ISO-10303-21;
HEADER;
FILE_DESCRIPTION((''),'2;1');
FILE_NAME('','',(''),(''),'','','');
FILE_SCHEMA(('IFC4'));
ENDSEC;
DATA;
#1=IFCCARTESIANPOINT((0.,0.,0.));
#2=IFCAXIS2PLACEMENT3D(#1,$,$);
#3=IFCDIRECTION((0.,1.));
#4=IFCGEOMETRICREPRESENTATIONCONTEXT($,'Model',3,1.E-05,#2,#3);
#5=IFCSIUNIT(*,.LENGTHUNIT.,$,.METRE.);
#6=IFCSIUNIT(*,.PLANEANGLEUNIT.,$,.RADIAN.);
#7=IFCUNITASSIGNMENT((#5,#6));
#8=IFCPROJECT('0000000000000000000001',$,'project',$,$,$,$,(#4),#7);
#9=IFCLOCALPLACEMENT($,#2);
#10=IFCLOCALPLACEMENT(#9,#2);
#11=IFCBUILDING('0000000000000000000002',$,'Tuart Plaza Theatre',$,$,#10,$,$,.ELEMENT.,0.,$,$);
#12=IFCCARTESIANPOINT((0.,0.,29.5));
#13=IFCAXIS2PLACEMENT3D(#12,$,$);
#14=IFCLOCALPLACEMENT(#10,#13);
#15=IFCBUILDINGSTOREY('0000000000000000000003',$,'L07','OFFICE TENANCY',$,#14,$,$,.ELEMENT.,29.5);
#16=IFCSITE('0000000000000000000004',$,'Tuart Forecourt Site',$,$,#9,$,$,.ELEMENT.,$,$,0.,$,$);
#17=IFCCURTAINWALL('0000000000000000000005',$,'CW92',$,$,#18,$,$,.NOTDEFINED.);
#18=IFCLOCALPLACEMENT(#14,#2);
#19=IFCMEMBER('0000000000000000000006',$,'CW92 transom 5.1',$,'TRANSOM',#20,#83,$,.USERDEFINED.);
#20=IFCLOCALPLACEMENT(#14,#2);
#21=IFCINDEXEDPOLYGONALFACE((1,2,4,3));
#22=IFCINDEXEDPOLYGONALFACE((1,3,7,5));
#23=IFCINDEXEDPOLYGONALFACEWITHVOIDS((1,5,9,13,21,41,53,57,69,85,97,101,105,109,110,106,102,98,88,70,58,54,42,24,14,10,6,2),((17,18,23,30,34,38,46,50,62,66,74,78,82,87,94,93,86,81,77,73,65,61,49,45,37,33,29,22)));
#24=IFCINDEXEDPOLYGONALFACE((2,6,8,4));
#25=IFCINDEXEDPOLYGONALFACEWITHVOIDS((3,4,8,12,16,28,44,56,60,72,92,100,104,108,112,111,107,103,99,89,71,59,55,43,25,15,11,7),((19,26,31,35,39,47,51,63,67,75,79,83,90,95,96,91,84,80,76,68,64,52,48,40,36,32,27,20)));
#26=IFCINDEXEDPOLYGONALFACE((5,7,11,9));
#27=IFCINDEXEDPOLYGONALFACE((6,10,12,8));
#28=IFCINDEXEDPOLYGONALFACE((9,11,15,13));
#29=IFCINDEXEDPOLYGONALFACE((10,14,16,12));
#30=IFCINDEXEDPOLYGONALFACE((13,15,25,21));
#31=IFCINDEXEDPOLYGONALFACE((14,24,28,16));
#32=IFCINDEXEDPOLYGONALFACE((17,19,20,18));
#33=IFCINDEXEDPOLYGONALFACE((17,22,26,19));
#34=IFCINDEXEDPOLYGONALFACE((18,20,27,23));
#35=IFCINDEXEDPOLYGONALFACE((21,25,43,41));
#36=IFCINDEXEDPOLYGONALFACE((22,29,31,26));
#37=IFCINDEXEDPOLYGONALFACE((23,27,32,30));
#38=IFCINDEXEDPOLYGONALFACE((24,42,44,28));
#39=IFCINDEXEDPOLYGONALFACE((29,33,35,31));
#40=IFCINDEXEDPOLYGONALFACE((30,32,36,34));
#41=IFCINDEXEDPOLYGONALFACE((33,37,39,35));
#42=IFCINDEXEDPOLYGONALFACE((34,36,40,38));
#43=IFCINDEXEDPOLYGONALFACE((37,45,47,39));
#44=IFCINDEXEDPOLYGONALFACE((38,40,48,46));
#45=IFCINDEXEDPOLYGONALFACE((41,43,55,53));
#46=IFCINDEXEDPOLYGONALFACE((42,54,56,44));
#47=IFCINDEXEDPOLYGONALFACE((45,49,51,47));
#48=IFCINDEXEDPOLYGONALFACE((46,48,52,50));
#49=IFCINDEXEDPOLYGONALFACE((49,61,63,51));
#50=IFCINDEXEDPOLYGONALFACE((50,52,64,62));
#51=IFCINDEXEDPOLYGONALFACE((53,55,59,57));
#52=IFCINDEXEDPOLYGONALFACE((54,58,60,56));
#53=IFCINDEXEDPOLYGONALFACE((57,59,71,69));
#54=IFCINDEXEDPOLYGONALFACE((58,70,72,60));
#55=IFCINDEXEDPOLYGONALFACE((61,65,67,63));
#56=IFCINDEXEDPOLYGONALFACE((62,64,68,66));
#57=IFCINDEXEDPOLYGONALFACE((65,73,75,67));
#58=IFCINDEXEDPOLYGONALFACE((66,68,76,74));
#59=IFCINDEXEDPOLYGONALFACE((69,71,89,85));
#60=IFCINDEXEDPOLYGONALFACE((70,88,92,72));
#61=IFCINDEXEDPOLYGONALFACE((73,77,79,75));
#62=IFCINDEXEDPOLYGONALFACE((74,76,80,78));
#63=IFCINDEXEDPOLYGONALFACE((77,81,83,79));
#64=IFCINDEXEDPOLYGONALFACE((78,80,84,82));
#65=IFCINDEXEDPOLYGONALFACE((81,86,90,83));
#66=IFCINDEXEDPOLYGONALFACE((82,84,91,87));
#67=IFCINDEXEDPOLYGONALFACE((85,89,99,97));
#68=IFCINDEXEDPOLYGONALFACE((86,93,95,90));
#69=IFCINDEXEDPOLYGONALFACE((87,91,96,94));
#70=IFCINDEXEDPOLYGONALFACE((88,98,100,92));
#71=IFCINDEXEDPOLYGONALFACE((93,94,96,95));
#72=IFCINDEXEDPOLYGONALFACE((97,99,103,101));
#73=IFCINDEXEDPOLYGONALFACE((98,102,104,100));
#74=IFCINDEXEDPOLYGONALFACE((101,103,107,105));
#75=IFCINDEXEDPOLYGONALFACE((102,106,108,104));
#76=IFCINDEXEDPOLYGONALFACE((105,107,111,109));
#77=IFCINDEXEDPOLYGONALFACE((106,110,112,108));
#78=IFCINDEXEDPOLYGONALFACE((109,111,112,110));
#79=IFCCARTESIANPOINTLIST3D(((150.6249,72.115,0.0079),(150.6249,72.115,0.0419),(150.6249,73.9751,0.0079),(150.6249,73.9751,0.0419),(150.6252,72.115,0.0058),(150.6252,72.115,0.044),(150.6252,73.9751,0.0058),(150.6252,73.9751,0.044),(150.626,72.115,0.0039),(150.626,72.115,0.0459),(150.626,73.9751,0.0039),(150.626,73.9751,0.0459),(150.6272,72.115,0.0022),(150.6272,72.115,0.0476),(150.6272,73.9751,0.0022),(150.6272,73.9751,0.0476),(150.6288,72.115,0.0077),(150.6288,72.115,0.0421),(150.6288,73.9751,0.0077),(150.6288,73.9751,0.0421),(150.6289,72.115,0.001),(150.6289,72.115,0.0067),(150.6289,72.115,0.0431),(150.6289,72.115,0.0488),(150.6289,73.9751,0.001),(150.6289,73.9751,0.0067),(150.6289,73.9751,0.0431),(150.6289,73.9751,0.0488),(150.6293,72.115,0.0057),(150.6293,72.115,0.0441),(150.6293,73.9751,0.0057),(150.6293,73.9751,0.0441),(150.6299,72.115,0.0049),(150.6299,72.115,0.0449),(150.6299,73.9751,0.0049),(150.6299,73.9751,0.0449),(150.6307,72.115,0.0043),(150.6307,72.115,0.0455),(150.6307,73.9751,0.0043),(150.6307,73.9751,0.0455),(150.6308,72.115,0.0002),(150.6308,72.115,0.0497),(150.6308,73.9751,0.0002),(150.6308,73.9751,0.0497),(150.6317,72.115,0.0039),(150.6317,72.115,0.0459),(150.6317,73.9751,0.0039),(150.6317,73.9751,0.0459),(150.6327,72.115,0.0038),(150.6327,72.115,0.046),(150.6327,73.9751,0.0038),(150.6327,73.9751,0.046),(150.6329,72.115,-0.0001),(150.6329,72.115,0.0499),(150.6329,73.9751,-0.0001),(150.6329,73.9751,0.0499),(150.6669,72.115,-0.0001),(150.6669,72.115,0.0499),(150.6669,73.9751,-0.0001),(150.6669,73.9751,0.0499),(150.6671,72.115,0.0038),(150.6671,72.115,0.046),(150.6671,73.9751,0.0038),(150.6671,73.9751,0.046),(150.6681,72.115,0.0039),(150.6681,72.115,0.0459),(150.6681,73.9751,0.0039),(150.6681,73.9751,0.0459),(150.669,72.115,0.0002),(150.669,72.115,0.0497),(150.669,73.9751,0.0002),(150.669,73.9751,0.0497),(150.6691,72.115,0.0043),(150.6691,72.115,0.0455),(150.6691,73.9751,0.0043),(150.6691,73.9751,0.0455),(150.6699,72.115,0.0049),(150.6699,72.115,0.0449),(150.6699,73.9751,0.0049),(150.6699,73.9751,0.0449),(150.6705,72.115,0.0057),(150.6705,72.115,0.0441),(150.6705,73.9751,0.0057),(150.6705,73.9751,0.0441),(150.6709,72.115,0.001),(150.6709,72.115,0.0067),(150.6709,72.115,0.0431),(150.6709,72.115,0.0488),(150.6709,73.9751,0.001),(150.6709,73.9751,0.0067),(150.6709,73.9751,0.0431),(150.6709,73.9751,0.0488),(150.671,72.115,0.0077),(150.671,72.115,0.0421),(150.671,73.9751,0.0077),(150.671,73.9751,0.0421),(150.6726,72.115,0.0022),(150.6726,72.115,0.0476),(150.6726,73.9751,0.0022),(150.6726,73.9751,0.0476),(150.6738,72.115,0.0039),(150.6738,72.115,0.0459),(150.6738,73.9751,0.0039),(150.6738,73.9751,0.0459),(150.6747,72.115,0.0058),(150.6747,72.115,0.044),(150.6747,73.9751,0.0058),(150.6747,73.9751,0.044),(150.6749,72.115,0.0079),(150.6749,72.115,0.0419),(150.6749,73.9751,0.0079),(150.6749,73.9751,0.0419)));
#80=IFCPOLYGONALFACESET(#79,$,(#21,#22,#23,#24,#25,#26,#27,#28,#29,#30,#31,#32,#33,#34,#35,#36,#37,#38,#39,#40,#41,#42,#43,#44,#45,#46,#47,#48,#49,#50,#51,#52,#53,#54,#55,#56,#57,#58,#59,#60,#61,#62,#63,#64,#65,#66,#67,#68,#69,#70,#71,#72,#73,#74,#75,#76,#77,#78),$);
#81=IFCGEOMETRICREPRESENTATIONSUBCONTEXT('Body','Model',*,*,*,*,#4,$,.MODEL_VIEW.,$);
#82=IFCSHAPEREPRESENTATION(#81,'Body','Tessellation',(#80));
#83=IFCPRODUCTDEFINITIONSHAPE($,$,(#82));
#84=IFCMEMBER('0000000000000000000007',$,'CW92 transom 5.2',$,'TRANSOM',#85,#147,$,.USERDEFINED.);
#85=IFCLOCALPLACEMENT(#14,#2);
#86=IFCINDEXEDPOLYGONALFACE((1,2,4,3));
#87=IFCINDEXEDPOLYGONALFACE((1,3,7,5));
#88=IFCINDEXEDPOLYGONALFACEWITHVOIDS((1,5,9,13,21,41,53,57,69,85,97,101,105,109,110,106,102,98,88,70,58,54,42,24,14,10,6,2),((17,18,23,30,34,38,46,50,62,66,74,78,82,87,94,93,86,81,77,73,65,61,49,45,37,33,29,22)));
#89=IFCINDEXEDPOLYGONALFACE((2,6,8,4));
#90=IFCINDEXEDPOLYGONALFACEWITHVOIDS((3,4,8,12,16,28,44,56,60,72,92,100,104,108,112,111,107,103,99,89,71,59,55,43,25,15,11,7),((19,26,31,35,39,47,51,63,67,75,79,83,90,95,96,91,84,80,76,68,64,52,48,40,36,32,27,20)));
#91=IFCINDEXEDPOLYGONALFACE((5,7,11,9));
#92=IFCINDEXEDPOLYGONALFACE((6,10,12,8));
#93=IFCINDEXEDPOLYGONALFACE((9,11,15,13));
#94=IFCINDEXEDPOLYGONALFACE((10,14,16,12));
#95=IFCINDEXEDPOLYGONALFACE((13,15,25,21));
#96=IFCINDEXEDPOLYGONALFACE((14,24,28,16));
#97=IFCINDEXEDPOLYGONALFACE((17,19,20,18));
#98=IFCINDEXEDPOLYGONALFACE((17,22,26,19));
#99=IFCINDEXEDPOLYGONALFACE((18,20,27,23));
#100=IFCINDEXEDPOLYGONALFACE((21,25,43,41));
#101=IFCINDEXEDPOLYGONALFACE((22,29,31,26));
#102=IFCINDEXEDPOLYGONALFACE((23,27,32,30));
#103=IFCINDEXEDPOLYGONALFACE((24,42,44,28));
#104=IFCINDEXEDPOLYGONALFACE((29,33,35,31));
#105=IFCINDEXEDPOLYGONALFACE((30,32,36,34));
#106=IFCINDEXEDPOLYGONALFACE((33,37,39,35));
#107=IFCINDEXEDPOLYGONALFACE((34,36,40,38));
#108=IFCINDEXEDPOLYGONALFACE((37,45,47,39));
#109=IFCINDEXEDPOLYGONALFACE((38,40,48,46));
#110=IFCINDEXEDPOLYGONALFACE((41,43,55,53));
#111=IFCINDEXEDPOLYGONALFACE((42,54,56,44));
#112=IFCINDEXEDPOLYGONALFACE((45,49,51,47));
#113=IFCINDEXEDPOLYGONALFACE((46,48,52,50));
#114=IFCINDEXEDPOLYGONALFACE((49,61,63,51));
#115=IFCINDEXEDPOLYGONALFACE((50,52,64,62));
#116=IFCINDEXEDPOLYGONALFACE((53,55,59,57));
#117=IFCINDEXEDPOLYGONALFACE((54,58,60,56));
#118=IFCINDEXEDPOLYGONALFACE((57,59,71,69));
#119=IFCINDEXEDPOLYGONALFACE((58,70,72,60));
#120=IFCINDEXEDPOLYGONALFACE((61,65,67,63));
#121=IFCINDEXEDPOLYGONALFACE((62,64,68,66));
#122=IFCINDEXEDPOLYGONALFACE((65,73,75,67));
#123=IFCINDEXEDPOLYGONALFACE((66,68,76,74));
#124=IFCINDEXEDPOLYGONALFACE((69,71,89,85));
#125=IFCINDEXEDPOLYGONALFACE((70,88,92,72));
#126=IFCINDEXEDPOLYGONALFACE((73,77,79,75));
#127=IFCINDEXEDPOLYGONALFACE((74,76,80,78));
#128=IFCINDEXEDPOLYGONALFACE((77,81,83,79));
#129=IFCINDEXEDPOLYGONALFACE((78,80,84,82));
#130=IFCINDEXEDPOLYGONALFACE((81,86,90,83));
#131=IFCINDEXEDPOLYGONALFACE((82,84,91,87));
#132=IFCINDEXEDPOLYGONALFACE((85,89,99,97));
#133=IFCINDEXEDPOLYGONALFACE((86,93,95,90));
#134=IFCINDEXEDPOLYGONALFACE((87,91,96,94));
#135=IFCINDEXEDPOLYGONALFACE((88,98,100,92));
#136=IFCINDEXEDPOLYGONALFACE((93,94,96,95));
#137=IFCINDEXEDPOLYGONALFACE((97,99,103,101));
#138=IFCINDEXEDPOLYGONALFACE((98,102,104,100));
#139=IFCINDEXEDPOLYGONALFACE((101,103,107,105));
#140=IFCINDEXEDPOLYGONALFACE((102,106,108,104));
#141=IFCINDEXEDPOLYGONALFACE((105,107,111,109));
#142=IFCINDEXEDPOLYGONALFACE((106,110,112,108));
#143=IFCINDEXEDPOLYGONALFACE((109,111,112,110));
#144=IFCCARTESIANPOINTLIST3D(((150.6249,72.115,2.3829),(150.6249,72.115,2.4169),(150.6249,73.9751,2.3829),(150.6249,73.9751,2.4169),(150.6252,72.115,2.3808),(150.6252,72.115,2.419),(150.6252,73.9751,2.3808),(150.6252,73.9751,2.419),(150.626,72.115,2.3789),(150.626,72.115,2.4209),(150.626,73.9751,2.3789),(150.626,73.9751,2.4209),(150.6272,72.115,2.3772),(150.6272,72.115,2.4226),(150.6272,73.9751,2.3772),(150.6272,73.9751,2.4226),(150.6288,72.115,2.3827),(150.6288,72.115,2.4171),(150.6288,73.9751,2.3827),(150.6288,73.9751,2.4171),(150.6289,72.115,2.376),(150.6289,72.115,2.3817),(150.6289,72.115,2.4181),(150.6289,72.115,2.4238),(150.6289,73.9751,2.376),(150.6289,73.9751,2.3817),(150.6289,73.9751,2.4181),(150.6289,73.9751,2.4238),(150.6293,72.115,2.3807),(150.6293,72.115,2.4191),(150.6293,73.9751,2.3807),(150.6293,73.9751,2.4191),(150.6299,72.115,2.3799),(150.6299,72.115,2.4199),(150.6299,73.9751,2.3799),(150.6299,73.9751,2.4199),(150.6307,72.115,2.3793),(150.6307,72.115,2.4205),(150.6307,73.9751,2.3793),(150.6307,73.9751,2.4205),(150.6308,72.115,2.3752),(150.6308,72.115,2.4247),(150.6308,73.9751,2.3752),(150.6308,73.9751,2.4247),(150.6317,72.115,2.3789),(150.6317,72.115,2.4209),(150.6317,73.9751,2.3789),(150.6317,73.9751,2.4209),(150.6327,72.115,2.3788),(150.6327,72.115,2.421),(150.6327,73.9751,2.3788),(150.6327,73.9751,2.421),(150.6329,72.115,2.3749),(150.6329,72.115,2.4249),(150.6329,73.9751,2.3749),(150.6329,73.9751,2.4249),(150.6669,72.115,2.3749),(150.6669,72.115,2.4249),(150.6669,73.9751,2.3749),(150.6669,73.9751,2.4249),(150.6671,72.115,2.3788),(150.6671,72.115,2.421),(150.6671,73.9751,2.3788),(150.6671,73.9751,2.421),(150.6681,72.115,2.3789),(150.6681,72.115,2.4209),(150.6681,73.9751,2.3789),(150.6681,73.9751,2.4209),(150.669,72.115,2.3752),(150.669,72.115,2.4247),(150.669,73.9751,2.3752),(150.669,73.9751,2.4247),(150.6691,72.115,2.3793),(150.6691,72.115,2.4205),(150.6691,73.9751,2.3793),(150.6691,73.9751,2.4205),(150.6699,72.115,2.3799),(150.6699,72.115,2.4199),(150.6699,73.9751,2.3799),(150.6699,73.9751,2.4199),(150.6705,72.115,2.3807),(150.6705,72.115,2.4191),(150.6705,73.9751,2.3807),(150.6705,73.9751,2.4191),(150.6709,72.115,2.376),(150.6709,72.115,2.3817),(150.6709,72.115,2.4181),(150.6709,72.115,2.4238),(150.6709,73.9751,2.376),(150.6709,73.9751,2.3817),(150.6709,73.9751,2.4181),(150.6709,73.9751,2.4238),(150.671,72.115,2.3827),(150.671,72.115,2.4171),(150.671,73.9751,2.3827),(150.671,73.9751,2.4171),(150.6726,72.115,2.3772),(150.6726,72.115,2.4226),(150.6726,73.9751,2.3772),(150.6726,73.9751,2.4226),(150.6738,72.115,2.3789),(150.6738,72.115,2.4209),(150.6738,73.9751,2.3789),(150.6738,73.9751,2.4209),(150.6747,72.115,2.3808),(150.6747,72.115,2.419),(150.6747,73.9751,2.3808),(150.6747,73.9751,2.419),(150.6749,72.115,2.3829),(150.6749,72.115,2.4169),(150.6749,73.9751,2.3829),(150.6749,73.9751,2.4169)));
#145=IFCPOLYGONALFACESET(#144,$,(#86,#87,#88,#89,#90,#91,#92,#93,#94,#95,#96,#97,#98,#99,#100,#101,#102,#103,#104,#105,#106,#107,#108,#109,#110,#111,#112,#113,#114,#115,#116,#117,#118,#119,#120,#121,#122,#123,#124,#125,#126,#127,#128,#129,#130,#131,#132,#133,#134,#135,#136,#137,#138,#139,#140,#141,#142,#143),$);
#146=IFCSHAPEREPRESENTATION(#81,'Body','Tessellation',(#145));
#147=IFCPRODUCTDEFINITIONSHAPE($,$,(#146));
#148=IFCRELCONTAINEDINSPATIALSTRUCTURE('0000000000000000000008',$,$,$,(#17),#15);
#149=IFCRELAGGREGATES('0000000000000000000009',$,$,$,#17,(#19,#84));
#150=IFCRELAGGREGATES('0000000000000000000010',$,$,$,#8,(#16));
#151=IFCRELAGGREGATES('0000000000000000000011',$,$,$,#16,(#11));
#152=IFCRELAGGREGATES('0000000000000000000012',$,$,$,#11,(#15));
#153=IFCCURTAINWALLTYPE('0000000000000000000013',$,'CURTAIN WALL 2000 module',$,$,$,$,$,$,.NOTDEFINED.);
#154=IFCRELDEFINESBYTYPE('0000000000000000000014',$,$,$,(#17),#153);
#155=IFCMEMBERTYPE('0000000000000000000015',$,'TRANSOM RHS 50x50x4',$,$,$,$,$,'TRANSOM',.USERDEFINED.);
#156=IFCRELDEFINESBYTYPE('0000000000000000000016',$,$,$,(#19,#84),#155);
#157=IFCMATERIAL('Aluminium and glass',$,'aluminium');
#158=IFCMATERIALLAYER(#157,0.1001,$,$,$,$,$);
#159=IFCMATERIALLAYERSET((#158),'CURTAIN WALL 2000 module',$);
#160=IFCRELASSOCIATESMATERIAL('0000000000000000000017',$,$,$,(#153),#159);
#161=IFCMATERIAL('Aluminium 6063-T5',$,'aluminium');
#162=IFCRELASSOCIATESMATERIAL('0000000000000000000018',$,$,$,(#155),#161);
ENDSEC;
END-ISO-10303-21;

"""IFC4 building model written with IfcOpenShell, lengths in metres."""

from ifc_helpers import new_model, si_unit, direction, frame, origin, origin_2d, place, context, subcontext, project, spatial, hollow_rectangle, extrude, material, layer, layer_set, material_profile, profile_set, type_object, element, aggregate, save


model = new_model("IFC4")

# Units and contexts
model_context = context("Model", 3, precision=1e-05, world=origin(), true_north=direction((0.0, 1.0)))
body_context = subcontext(model_context, "Body", "Model", "MODEL_VIEW")
ifc_project = project(units=[si_unit("LENGTHUNIT", "METRE"), si_unit("PLANEANGLEUNIT", "RADIAN")], contexts=[model_context])

# Site, building, storey
site_placement = place(None, origin())
site = spatial("IfcSite", under=ifc_project, at=site_placement, Name="Tuart Forecourt Site", CompositionType="ELEMENT", RefElevation=0.0)
building_placement = place(site_placement, origin())
building = spatial("IfcBuilding", under=site, at=building_placement, Name="Tuart Plaza Theatre", CompositionType="ELEMENT", ElevationOfRefHeight=0.0)
storey_placement = place(building_placement, frame((0.0, 0.0, 29.5)))
storey = spatial("IfcBuildingStorey", under=building, at=storey_placement, Name="L07", Description="OFFICE TENANCY", CompositionType="ELEMENT", Elevation=29.5)

# Shared definitions
ifc_material_1 = material(Name="Aluminium and glass", Category="aluminium")
ifc_layer_1 = layer(ifc_material_1, 0.1001)
ifc_layer_set_1 = layer_set([ifc_layer_1], Name="CURTAIN WALL 2000 module")
curtain_wall_type = type_object("IfcCurtainWallType", Name="CURTAIN WALL 2000 module", PredefinedType="NOTDEFINED", material=ifc_layer_set_1)

# Curtain wall, members
curtain_wall_1_placement = place(storey_placement, origin())
curtain_wall_1 = element("IfcCurtainWall", 1, at=curtain_wall_1_placement, inside=storey, type_object=curtain_wall_type, Name="CW92", PredefinedType="NOTDEFINED")
ifc_material_2 = material(Name="Aluminium 6063-T5", Category="aluminium")
ifc_material_profile_1 = material_profile(ifc_material_2, hollow_rectangle(XDim=0.05, YDim=0.05, WallThickness=0.0039, InnerFilletRadius=0.0039, OuterFilletRadius=0.0081, at=origin_2d()), Name="RHS 50x50x4")
ifc_profile_set_1 = profile_set([ifc_material_profile_1], Name="Aluminium 6063-T5")
member_type_1 = type_object("IfcMemberType", Name="TRANSOM RHS 50x50x4", ElementType="TRANSOM", PredefinedType="USERDEFINED", material=ifc_profile_set_1)
member_1_placement = place(storey_placement, frame((150.6499, 72.115, 0.0249), z_axis=(0.0, 1.0, 0.0), x_axis=(-1.0, 0.0, 0.0)))
member_1 = element("IfcMember", 2, at=member_1_placement, type_object=member_type_1, Name="CW92 transom 5.1", ObjectType="TRANSOM", PredefinedType="USERDEFINED", context=body_context, shape_type="SweptSolid", body=[
    extrude(hollow_rectangle(XDim=0.05, YDim=0.05, WallThickness=0.0039, InnerFilletRadius=0.0039, OuterFilletRadius=0.0081, at=origin_2d()), origin(), (0.0, 0.0, 1.0), 1.8601),
])
member_2_placement = place(storey_placement, frame((150.6499, 72.115, 2.3999), z_axis=(0.0, 1.0, 0.0), x_axis=(-1.0, 0.0, 0.0)))
member_2 = element("IfcMember", 3, at=member_2_placement, type_object=member_type_1, Name="CW92 transom 5.2", ObjectType="TRANSOM", PredefinedType="USERDEFINED", context=body_context, shape_type="SweptSolid", body=[
    extrude(hollow_rectangle(XDim=0.05, YDim=0.05, WallThickness=0.0039, InnerFilletRadius=0.0039, OuterFilletRadius=0.0081, at=origin_2d()), origin(), (0.0, 0.0, 1.0), 1.8601),
])
aggregate(curtain_wall_1, [member_1, member_2])

save(model, "model.ifc")
